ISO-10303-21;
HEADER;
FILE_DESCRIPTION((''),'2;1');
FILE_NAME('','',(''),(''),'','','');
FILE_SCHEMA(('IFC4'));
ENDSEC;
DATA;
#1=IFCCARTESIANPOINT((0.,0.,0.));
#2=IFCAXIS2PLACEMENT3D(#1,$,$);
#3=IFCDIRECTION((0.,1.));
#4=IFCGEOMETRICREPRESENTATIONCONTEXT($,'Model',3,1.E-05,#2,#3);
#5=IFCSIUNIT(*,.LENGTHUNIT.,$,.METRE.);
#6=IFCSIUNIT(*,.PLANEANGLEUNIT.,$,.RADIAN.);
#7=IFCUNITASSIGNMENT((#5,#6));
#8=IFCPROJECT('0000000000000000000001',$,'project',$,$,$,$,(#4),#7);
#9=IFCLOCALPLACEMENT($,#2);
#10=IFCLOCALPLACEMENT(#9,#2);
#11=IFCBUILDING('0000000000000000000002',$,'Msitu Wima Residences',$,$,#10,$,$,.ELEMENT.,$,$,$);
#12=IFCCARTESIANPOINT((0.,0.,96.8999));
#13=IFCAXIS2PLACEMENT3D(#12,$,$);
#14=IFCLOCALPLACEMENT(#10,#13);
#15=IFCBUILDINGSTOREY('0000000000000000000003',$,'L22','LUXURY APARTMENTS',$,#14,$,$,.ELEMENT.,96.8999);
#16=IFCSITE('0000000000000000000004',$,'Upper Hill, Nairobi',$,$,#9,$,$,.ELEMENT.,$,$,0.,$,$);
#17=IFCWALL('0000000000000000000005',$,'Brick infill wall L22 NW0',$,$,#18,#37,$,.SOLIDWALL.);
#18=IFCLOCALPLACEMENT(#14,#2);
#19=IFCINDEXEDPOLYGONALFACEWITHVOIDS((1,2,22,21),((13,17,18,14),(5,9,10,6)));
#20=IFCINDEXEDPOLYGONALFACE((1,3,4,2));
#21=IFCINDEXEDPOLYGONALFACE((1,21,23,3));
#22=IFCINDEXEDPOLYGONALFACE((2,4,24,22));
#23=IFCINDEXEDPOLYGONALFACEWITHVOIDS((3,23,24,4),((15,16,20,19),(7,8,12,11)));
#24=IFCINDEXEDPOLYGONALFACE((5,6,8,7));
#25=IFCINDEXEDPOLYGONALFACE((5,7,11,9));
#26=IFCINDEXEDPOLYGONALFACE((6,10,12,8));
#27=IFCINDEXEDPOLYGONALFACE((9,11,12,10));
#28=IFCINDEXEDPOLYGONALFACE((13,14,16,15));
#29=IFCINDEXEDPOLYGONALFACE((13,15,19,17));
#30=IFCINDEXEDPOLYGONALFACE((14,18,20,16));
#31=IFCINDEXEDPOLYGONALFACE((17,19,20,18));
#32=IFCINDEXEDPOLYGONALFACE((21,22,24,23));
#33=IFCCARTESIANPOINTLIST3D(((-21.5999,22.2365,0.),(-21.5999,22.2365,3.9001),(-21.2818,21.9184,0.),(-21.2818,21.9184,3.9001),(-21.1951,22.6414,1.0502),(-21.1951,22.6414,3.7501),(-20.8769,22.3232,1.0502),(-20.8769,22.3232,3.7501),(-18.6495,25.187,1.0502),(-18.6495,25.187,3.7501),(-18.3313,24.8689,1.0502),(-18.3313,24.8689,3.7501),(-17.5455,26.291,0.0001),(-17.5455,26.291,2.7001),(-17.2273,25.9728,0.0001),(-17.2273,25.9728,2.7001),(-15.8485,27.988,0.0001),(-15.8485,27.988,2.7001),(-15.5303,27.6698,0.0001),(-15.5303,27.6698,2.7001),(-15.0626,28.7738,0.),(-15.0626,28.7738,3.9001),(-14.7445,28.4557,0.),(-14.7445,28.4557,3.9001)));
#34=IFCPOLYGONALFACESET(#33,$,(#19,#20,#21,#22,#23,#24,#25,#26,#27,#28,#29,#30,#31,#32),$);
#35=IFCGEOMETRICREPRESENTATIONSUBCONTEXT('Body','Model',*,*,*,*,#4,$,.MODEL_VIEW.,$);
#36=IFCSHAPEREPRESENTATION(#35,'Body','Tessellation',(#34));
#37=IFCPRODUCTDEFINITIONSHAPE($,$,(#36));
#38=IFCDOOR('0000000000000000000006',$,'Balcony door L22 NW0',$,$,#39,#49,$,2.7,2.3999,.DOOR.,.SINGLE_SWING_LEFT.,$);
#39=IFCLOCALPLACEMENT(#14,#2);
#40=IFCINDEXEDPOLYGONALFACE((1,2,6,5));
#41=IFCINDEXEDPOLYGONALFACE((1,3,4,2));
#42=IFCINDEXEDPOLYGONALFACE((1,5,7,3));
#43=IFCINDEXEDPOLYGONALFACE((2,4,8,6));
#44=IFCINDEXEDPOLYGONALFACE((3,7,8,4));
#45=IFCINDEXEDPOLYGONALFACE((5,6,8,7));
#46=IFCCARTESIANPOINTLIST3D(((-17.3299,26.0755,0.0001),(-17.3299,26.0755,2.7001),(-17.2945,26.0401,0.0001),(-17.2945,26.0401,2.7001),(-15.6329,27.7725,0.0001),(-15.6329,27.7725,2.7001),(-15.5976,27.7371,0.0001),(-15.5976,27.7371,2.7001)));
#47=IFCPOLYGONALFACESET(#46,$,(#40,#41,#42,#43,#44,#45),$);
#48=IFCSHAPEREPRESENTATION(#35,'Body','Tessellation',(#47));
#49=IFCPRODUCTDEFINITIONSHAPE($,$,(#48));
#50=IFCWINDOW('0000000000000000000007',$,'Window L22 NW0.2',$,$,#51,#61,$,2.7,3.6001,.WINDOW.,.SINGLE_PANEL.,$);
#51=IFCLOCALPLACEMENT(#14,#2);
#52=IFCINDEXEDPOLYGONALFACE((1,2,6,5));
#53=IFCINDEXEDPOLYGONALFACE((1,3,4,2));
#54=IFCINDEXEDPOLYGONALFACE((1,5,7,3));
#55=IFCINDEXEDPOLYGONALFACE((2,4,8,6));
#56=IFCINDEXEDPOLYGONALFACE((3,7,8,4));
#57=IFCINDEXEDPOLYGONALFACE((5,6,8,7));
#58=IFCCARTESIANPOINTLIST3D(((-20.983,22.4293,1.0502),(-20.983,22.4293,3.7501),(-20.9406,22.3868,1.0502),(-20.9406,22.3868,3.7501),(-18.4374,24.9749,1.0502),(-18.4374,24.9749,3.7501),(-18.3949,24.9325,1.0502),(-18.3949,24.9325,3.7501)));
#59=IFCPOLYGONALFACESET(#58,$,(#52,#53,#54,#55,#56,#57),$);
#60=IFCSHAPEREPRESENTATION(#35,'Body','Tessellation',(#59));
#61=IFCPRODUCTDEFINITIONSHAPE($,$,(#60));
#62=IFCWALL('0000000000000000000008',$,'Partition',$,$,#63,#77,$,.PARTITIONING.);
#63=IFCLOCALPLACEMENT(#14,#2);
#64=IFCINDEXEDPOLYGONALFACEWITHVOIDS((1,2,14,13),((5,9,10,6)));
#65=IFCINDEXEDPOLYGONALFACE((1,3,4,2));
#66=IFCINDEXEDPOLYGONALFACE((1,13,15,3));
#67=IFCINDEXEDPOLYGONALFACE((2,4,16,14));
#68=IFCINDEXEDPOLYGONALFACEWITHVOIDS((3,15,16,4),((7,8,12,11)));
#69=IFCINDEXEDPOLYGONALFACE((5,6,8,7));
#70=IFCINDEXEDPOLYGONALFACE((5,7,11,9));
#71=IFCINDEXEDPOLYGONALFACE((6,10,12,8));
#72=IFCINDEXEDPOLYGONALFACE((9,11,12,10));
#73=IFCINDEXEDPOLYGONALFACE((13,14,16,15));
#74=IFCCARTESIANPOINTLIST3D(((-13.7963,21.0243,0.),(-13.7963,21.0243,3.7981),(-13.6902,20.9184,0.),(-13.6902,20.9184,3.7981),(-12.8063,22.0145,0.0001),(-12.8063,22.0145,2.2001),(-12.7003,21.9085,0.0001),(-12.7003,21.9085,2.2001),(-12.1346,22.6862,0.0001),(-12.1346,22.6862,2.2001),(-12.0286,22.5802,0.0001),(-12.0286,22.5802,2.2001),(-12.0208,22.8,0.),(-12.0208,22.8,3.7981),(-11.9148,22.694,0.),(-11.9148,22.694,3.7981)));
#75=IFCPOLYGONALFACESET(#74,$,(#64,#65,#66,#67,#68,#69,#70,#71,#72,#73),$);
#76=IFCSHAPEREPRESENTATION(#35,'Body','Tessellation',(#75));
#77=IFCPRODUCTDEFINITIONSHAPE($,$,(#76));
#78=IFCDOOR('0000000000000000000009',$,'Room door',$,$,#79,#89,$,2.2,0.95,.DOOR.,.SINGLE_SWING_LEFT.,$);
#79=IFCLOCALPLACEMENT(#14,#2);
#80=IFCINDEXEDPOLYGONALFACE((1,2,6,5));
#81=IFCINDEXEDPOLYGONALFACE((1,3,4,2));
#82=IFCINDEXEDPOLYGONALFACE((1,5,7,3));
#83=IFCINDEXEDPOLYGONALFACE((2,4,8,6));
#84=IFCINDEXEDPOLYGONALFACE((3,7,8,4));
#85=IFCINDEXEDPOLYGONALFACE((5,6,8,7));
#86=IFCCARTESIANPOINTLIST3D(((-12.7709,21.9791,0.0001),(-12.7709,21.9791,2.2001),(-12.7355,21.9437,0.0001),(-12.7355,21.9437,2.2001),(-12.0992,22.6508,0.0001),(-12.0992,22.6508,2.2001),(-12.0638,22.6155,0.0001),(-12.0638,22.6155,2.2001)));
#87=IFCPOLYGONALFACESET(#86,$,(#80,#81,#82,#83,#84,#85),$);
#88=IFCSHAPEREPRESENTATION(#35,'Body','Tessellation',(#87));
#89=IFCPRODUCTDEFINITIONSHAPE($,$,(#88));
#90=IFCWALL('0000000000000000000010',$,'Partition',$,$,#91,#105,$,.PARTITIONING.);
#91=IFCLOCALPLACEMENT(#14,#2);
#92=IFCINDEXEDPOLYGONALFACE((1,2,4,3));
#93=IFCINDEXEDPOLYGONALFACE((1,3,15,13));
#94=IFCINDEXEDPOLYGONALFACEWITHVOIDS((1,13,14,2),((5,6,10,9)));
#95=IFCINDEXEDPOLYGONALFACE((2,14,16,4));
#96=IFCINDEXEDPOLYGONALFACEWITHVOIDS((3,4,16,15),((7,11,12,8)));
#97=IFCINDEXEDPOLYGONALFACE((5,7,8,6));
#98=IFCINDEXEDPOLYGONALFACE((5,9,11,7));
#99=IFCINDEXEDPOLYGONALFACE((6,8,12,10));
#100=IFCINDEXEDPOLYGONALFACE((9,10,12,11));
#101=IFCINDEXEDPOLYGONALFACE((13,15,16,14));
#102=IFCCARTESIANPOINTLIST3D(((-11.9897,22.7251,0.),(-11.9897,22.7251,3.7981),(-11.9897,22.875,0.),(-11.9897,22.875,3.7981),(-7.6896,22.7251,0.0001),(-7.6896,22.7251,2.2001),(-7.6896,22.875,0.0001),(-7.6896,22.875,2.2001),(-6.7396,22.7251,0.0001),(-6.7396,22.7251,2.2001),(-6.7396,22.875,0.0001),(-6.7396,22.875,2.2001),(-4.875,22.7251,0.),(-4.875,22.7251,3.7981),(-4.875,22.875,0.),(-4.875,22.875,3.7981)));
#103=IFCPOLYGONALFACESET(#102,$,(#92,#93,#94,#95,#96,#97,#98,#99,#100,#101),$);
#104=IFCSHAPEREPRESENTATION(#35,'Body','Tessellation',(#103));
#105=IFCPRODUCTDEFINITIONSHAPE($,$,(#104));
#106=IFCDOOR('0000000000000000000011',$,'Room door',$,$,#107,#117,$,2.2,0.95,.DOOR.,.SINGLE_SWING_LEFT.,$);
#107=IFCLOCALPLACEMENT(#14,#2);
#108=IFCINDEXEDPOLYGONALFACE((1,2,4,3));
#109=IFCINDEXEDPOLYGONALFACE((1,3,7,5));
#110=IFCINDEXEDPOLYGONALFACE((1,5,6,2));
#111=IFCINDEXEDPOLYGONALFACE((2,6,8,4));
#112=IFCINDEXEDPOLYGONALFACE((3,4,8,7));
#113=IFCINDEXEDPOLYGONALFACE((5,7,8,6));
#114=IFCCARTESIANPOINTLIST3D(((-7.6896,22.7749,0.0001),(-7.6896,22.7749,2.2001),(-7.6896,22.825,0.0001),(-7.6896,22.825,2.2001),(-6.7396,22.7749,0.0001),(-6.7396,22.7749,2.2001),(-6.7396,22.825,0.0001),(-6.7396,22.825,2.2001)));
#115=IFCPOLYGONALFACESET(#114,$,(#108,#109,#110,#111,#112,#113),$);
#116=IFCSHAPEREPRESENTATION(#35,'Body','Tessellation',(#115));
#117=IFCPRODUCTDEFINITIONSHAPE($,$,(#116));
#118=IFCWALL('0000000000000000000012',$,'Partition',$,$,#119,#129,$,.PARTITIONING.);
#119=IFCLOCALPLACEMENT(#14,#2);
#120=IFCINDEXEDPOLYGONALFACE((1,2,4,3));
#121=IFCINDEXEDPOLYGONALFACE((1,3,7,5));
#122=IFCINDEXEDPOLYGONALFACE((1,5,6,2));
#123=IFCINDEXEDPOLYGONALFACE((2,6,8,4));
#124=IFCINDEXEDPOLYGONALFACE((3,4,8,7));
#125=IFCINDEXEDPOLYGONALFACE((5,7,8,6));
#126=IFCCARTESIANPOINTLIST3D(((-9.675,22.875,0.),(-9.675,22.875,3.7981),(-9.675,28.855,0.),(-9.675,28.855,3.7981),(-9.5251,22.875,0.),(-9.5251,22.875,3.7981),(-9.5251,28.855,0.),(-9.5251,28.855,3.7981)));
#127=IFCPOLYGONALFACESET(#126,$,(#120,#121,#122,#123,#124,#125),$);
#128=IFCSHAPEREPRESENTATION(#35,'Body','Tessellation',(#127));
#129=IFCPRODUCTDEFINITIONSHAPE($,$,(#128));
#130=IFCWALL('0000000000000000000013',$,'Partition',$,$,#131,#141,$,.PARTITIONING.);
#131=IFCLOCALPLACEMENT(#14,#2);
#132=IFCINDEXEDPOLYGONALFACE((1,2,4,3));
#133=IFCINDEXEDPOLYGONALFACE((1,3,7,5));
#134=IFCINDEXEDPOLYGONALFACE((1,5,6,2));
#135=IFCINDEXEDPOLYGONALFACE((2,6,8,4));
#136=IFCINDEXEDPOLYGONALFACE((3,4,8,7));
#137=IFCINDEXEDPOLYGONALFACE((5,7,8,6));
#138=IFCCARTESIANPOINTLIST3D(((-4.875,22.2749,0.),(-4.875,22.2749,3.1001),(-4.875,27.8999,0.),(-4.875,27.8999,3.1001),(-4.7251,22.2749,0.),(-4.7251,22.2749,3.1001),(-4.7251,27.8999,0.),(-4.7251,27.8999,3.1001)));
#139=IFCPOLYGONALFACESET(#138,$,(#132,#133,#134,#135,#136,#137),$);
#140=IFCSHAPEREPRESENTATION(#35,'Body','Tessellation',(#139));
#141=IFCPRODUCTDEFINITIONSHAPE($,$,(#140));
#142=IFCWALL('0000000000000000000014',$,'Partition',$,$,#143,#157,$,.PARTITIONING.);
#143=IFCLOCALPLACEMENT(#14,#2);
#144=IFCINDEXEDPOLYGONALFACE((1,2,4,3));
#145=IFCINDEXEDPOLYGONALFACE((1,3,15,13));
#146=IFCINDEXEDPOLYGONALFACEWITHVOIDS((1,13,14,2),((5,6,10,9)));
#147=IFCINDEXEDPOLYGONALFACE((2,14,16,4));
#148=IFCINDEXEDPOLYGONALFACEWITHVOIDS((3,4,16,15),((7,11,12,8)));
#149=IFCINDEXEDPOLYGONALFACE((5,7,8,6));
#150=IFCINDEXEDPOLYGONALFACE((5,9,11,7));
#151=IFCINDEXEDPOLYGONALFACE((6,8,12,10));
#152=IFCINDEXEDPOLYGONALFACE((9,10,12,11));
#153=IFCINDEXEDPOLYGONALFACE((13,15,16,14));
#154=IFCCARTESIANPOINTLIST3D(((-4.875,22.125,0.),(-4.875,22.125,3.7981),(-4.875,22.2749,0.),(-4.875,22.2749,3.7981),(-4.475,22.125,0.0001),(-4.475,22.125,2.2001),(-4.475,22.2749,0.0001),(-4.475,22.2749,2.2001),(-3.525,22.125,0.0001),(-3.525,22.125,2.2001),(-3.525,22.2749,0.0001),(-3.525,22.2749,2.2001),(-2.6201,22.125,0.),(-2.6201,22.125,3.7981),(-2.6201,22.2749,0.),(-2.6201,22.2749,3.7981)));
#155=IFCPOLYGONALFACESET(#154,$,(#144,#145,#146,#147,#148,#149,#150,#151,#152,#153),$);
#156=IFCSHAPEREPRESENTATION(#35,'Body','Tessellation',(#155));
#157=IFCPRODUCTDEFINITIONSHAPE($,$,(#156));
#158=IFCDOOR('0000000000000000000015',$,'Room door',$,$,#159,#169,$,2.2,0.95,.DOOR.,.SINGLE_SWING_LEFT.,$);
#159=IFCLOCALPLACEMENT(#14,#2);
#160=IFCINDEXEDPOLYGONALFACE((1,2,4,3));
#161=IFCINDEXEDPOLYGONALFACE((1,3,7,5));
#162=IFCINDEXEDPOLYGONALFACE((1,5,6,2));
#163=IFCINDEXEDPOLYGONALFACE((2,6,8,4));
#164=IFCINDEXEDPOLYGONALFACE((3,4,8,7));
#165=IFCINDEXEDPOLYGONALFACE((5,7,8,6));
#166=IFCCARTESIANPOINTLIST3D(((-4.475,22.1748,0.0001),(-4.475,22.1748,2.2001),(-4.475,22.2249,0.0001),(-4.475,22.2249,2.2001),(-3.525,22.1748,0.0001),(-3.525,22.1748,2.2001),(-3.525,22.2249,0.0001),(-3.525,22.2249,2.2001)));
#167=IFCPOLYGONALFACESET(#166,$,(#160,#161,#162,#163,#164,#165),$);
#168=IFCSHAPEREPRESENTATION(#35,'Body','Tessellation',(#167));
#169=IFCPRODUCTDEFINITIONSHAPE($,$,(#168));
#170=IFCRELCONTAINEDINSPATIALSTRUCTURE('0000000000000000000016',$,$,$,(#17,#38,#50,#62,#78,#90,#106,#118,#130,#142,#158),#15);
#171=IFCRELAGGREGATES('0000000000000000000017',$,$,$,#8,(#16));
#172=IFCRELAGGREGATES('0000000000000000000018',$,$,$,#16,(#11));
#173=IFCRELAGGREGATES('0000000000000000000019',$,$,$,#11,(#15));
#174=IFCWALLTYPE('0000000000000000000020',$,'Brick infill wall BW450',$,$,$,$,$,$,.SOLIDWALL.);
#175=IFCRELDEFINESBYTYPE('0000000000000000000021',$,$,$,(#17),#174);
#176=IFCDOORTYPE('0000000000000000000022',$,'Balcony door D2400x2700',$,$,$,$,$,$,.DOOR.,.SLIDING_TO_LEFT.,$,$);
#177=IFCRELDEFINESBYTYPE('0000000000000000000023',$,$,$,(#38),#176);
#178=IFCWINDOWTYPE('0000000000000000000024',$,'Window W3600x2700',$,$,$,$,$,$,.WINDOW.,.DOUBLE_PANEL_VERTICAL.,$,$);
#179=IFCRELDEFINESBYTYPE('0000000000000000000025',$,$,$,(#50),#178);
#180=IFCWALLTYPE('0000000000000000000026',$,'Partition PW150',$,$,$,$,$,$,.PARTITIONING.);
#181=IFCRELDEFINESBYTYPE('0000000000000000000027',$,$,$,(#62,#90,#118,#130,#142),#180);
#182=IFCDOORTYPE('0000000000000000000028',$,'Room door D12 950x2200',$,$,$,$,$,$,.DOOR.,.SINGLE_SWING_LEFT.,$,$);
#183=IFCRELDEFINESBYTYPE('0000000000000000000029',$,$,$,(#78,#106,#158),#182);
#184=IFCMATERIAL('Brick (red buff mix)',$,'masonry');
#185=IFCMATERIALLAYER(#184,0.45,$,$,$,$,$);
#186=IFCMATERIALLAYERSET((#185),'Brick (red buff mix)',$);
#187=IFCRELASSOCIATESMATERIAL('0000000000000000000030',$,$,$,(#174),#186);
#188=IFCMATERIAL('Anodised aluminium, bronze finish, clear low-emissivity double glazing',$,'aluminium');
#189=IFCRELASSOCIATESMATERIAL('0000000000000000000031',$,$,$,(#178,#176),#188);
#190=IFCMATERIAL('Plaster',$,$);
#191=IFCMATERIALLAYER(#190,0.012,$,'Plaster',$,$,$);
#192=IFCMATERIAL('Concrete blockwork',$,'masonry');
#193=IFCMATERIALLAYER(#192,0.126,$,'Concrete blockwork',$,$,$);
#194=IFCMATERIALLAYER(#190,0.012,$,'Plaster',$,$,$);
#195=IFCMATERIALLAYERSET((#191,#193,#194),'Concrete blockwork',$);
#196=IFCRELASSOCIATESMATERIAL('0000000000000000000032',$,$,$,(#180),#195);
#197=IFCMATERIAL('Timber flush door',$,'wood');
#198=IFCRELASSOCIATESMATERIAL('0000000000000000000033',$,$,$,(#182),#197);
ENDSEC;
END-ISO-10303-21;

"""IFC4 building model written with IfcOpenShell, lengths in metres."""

from ifc_helpers import new_model, si_unit, direction, frame, frame_2d, origin, place, context, subcontext, project, spatial, rectangle, extrude, material, layer, layer_set, type_object, element, fill, save


model = new_model("IFC4")

# Units and contexts
model_context = context("Model", 3, precision=1e-05, world=origin(), true_north=direction((0.0, 1.0)))
body_context = subcontext(model_context, "Body", "Model", "MODEL_VIEW")
ifc_project = project(units=[si_unit("LENGTHUNIT", "METRE"), si_unit("PLANEANGLEUNIT", "RADIAN")], contexts=[model_context])

# Site, building, storey
site_placement = place(None, origin())
site = spatial("IfcSite", under=ifc_project, at=site_placement, Name="Upper Hill, Nairobi", CompositionType="ELEMENT", RefElevation=0.0)
building_placement = place(site_placement, origin())
building = spatial("IfcBuilding", under=site, at=building_placement, Name="Msitu Wima Residences", CompositionType="ELEMENT")
storey_placement = place(building_placement, frame((0.0, 0.0, 96.8999)))
storey = spatial("IfcBuildingStorey", under=building, at=storey_placement, Name="L22", Description="LUXURY APARTMENTS", CompositionType="ELEMENT", Elevation=96.8999)

# Shared definitions
ifc_material_1 = material(Name="Brick (red buff mix)", Category="masonry")
ifc_layer_1 = layer(ifc_material_1, 0.45)
ifc_layer_set_1 = layer_set([ifc_layer_1], Name="Brick (red buff mix)")
wall_type_1 = type_object("IfcWallType", Name="Brick infill wall BW450", PredefinedType="SOLIDWALL", material=ifc_layer_set_1)
ifc_material_2 = material(Name="Anodised aluminium, bronze finish, clear low-emissivity double glazing", Category="aluminium")
window_type = type_object("IfcWindowType", Name="Window W3600x2700", PartitioningType="DOUBLE_PANEL_VERTICAL", PredefinedType="WINDOW", material=ifc_material_2)

# Wall, openings, door, window
wall_1_placement = place(storey_placement, frame((-14.9036, 28.6147, 0.0), z_axis=(0.0, 0.0, 1.0), x_axis=(-0.707107, -0.707107, 0.0)))
wall_1 = element("IfcWall", 1, at=wall_1_placement, inside=storey, type_object=wall_type_1, Name="Brick infill wall L22 NW0", PredefinedType="SOLIDWALL", context=body_context, shape_type="SweptSolid", body=[
    extrude(rectangle(XDim=9.2451, YDim=0.45, at=frame_2d((4.6226, 0.0))), origin(), (0.0, 0.0, 1.0), 3.9001),
])
opening_1_placement = place(wall_1_placement, frame((1.1113, 0.0, 0.0)))
opening_1 = element("IfcOpeningElement", 2, at=opening_1_placement, cuts=wall_1, PredefinedType="OPENING", context=body_context, shape_type="SweptSolid", body=[
    extrude(rectangle(XDim=2.3999, YDim=2.7, at=frame_2d((1.2, 1.3501))), frame((0.0, 0.2349, 0.0), z_axis=(0.0, -1.0, 0.0), x_axis=(1.0, 0.0, 0.0)), (0.0, 0.0, 1.0), 0.47),
])
opening_2_placement = place(wall_1_placement, frame((5.0725, 0.0, 1.05)))
opening_2 = element("IfcOpeningElement", 3, at=opening_2_placement, cuts=wall_1, PredefinedType="OPENING", context=body_context, shape_type="SweptSolid", body=[
    extrude(rectangle(XDim=3.6001, YDim=2.7, at=frame_2d((1.8, 1.3501))), frame((0.0, 0.2349, 0.0), z_axis=(0.0, -1.0, 0.0), x_axis=(1.0, 0.0, 0.0)), (0.0, 0.0, 1.0), 0.47),
])
door_type_1 = type_object("IfcDoorType", Name="Balcony door D2400x2700", OperationType="SLIDING_TO_LEFT", PredefinedType="DOOR", material=ifc_material_2)
door_1_placement = place(opening_1_placement, origin())
door_1 = element("IfcDoor", 4, at=door_1_placement, inside=storey, type_object=door_type_1, Name="Balcony door L22 NW0", OperationType="SINGLE_SWING_LEFT", OverallHeight=2.7, OverallWidth=2.3999, PredefinedType="DOOR", context=body_context, shape_type="SweptSolid", body=[
    extrude(rectangle(XDim=2.3999, YDim=2.7, at=frame_2d((1.2, 1.3501))), frame((0.0, 0.1299, 0.0), z_axis=(0.0, -1.0, 0.0), x_axis=(1.0, 0.0, 0.0)), (0.0, 0.0, 1.0), 0.05),
])
fill(opening_1, door_1)
window_1_placement = place(opening_2_placement, origin())
window_1 = element("IfcWindow", 5, at=window_1_placement, inside=storey, type_object=window_type, Name="Window L22 NW0.2", OverallHeight=2.7, OverallWidth=3.6001, PartitioningType="SINGLE_PANEL", PredefinedType="WINDOW", context=body_context, shape_type="SweptSolid", body=[
    extrude(rectangle(XDim=3.6001, YDim=2.7, at=frame_2d((1.8, 1.3501))), frame((0.0, 0.135, 0.0), z_axis=(0.0, -1.0, 0.0), x_axis=(1.0, 0.0, 0.0)), (0.0, 0.0, 1.0), 0.0601),
])
fill(opening_2, window_1)

# Walls, openings, doors
ifc_material_3 = material(Name="Plaster")
ifc_layer_2 = layer(ifc_material_3, 0.012, Name="Plaster")
ifc_material_4 = material(Name="Concrete blockwork", Category="masonry")
ifc_layer_3 = layer(ifc_material_4, 0.126, Name="Concrete blockwork")
ifc_layer_4 = layer(ifc_material_3, 0.012, Name="Plaster")
ifc_layer_set_2 = layer_set([ifc_layer_2, ifc_layer_3, ifc_layer_4], Name="Concrete blockwork")
wall_type_2 = type_object("IfcWallType", Name="Partition PW150", PredefinedType="PARTITIONING", material=ifc_layer_set_2)
wall_2_placement = place(storey_placement, frame((-13.7432, 20.9714, 0.0), z_axis=(0.0, 0.0, 1.0), x_axis=(0.707058, 0.707155, 0.0)))
wall_2 = element("IfcWall", 6, at=wall_2_placement, inside=storey, type_object=wall_type_2, Name="Partition", PredefinedType="PARTITIONING", context=body_context, shape_type="SweptSolid", body=[
    extrude(rectangle(XDim=2.511, YDim=0.1499, at=frame_2d((1.2554, 0.0))), origin(), (0.0, 0.0, 1.0), 3.7981),
])
opening_3_placement = place(wall_2_placement, frame((1.3999, 0.0, 0.0)))
opening_3 = element("IfcOpeningElement", 7, at=opening_3_placement, cuts=wall_2, PredefinedType="OPENING", context=body_context, shape_type="SweptSolid", body=[
    extrude(rectangle(XDim=0.95, YDim=2.2, at=frame_2d((0.4751, 1.1001))), frame((0.0, 0.085, 0.0), z_axis=(0.0, -1.0, 0.0), x_axis=(1.0, 0.0, 0.0)), (0.0, 0.0, 1.0), 0.1699),
])
ifc_material_5 = material(Name="Timber flush door", Category="wood")
door_type_2 = type_object("IfcDoorType", Name="Room door D12 950x2200", OperationType="SINGLE_SWING_LEFT", PredefinedType="DOOR", material=ifc_material_5)
door_2_placement = place(opening_3_placement, origin())
door_2 = element("IfcDoor", 8, at=door_2_placement, inside=storey, type_object=door_type_2, Name="Room door", OperationType="SINGLE_SWING_LEFT", OverallHeight=2.2, OverallWidth=0.95, PredefinedType="DOOR", context=body_context, shape_type="SweptSolid", body=[
    extrude(rectangle(XDim=0.95, YDim=2.2, at=frame_2d((0.4751, 1.1001))), frame((0.0, 0.0249, 0.0), z_axis=(0.0, -1.0, 0.0), x_axis=(1.0, 0.0, 0.0)), (0.0, 0.0, 1.0), 0.05),
])
fill(opening_3, door_2)
wall_3_placement = place(storey_placement, frame((-11.9897, 22.8, 0.0), z_axis=(0.0, 0.0, 1.0), x_axis=(1.0, 0.0, 0.0)))
wall_3 = element("IfcWall", 9, at=wall_3_placement, inside=storey, type_object=wall_type_2, Name="Partition", PredefinedType="PARTITIONING", context=body_context, shape_type="SweptSolid", body=[
    extrude(rectangle(XDim=7.1147, YDim=0.1499, at=frame_2d((3.5574, 0.0))), origin(), (0.0, 0.0, 1.0), 3.7981),
])
opening_4_placement = place(wall_3_placement, frame((4.3, 0.0, 0.0)))
opening_4 = element("IfcOpeningElement", 10, at=opening_4_placement, cuts=wall_3, PredefinedType="OPENING", context=body_context, shape_type="SweptSolid", body=[
    extrude(rectangle(XDim=0.95, YDim=2.2, at=frame_2d((0.4751, 1.1001))), frame((0.0, 0.085, 0.0), z_axis=(0.0, -1.0, 0.0), x_axis=(1.0, 0.0, 0.0)), (0.0, 0.0, 1.0), 0.1699),
])
door_3_placement = place(opening_4_placement, origin())
door_3 = element("IfcDoor", 11, at=door_3_placement, inside=storey, type_object=door_type_2, Name="Room door", OperationType="SINGLE_SWING_LEFT", OverallHeight=2.2, OverallWidth=0.95, PredefinedType="DOOR", context=body_context, shape_type="SweptSolid", body=[
    extrude(rectangle(XDim=0.95, YDim=2.2, at=frame_2d((0.4751, 1.1001))), frame((0.0, 0.0249, 0.0), z_axis=(0.0, -1.0, 0.0), x_axis=(1.0, 0.0, 0.0)), (0.0, 0.0, 1.0), 0.05),
])
fill(opening_4, door_3)

# Walls
wall_4_placement = place(storey_placement, frame((-9.6001, 22.875, 0.0), z_axis=(0.0, 0.0, 1.0), x_axis=(0.0, 1.0, 0.0)))
element("IfcWall", 12, at=wall_4_placement, inside=storey, type_object=wall_type_2, Name="Partition", PredefinedType="PARTITIONING", context=body_context, shape_type="SweptSolid", body=[
    extrude(rectangle(XDim=5.98, YDim=0.1499, at=frame_2d((2.99, 0.0))), origin(), (0.0, 0.0, 1.0), 3.7981),
])
wall_5_placement = place(storey_placement, frame((-4.8, 22.2749, 0.0), z_axis=(0.0, 0.0, 1.0), x_axis=(0.0, 1.0, 0.0)))
element("IfcWall", 13, at=wall_5_placement, inside=storey, type_object=wall_type_2, Name="Partition", PredefinedType="PARTITIONING", context=body_context, shape_type="SweptSolid", body=[
    extrude(rectangle(XDim=5.625, YDim=0.1499, at=frame_2d((2.8125, 0.0))), origin(), (0.0, 0.0, 1.0), 3.1001),
])

# Wall, opening, door
wall_6_placement = place(storey_placement, frame((-4.875, 22.2, 0.0), z_axis=(0.0, 0.0, 1.0), x_axis=(1.0, 0.0, 0.0)))
wall_6 = element("IfcWall", 14, at=wall_6_placement, inside=storey, type_object=wall_type_2, Name="Partition", PredefinedType="PARTITIONING", context=body_context, shape_type="SweptSolid", body=[
    extrude(rectangle(XDim=2.2549, YDim=0.1499, at=frame_2d((1.1274, 0.0))), origin(), (0.0, 0.0, 1.0), 3.7981),
])
opening_5_placement = place(wall_6_placement, frame((0.3999, 0.0, 0.0)))
opening_5 = element("IfcOpeningElement", 15, at=opening_5_placement, cuts=wall_6, PredefinedType="OPENING", context=body_context, shape_type="SweptSolid", body=[
    extrude(rectangle(XDim=0.95, YDim=2.2, at=frame_2d((0.4751, 1.1001))), frame((0.0, 0.085, 0.0), z_axis=(0.0, -1.0, 0.0), x_axis=(1.0, 0.0, 0.0)), (0.0, 0.0, 1.0), 0.1699),
])
door_4_placement = place(opening_5_placement, origin())
door_4 = element("IfcDoor", 16, at=door_4_placement, inside=storey, type_object=door_type_2, Name="Room door", OperationType="SINGLE_SWING_LEFT", OverallHeight=2.2, OverallWidth=0.95, PredefinedType="DOOR", context=body_context, shape_type="SweptSolid", body=[
    extrude(rectangle(XDim=0.95, YDim=2.2, at=frame_2d((0.4751, 1.1001))), frame((0.0, 0.0249, 0.0), z_axis=(0.0, -1.0, 0.0), x_axis=(1.0, 0.0, 0.0)), (0.0, 0.0, 1.0), 0.05),
])
fill(opening_5, door_4)

save(model, "model.ifc")
